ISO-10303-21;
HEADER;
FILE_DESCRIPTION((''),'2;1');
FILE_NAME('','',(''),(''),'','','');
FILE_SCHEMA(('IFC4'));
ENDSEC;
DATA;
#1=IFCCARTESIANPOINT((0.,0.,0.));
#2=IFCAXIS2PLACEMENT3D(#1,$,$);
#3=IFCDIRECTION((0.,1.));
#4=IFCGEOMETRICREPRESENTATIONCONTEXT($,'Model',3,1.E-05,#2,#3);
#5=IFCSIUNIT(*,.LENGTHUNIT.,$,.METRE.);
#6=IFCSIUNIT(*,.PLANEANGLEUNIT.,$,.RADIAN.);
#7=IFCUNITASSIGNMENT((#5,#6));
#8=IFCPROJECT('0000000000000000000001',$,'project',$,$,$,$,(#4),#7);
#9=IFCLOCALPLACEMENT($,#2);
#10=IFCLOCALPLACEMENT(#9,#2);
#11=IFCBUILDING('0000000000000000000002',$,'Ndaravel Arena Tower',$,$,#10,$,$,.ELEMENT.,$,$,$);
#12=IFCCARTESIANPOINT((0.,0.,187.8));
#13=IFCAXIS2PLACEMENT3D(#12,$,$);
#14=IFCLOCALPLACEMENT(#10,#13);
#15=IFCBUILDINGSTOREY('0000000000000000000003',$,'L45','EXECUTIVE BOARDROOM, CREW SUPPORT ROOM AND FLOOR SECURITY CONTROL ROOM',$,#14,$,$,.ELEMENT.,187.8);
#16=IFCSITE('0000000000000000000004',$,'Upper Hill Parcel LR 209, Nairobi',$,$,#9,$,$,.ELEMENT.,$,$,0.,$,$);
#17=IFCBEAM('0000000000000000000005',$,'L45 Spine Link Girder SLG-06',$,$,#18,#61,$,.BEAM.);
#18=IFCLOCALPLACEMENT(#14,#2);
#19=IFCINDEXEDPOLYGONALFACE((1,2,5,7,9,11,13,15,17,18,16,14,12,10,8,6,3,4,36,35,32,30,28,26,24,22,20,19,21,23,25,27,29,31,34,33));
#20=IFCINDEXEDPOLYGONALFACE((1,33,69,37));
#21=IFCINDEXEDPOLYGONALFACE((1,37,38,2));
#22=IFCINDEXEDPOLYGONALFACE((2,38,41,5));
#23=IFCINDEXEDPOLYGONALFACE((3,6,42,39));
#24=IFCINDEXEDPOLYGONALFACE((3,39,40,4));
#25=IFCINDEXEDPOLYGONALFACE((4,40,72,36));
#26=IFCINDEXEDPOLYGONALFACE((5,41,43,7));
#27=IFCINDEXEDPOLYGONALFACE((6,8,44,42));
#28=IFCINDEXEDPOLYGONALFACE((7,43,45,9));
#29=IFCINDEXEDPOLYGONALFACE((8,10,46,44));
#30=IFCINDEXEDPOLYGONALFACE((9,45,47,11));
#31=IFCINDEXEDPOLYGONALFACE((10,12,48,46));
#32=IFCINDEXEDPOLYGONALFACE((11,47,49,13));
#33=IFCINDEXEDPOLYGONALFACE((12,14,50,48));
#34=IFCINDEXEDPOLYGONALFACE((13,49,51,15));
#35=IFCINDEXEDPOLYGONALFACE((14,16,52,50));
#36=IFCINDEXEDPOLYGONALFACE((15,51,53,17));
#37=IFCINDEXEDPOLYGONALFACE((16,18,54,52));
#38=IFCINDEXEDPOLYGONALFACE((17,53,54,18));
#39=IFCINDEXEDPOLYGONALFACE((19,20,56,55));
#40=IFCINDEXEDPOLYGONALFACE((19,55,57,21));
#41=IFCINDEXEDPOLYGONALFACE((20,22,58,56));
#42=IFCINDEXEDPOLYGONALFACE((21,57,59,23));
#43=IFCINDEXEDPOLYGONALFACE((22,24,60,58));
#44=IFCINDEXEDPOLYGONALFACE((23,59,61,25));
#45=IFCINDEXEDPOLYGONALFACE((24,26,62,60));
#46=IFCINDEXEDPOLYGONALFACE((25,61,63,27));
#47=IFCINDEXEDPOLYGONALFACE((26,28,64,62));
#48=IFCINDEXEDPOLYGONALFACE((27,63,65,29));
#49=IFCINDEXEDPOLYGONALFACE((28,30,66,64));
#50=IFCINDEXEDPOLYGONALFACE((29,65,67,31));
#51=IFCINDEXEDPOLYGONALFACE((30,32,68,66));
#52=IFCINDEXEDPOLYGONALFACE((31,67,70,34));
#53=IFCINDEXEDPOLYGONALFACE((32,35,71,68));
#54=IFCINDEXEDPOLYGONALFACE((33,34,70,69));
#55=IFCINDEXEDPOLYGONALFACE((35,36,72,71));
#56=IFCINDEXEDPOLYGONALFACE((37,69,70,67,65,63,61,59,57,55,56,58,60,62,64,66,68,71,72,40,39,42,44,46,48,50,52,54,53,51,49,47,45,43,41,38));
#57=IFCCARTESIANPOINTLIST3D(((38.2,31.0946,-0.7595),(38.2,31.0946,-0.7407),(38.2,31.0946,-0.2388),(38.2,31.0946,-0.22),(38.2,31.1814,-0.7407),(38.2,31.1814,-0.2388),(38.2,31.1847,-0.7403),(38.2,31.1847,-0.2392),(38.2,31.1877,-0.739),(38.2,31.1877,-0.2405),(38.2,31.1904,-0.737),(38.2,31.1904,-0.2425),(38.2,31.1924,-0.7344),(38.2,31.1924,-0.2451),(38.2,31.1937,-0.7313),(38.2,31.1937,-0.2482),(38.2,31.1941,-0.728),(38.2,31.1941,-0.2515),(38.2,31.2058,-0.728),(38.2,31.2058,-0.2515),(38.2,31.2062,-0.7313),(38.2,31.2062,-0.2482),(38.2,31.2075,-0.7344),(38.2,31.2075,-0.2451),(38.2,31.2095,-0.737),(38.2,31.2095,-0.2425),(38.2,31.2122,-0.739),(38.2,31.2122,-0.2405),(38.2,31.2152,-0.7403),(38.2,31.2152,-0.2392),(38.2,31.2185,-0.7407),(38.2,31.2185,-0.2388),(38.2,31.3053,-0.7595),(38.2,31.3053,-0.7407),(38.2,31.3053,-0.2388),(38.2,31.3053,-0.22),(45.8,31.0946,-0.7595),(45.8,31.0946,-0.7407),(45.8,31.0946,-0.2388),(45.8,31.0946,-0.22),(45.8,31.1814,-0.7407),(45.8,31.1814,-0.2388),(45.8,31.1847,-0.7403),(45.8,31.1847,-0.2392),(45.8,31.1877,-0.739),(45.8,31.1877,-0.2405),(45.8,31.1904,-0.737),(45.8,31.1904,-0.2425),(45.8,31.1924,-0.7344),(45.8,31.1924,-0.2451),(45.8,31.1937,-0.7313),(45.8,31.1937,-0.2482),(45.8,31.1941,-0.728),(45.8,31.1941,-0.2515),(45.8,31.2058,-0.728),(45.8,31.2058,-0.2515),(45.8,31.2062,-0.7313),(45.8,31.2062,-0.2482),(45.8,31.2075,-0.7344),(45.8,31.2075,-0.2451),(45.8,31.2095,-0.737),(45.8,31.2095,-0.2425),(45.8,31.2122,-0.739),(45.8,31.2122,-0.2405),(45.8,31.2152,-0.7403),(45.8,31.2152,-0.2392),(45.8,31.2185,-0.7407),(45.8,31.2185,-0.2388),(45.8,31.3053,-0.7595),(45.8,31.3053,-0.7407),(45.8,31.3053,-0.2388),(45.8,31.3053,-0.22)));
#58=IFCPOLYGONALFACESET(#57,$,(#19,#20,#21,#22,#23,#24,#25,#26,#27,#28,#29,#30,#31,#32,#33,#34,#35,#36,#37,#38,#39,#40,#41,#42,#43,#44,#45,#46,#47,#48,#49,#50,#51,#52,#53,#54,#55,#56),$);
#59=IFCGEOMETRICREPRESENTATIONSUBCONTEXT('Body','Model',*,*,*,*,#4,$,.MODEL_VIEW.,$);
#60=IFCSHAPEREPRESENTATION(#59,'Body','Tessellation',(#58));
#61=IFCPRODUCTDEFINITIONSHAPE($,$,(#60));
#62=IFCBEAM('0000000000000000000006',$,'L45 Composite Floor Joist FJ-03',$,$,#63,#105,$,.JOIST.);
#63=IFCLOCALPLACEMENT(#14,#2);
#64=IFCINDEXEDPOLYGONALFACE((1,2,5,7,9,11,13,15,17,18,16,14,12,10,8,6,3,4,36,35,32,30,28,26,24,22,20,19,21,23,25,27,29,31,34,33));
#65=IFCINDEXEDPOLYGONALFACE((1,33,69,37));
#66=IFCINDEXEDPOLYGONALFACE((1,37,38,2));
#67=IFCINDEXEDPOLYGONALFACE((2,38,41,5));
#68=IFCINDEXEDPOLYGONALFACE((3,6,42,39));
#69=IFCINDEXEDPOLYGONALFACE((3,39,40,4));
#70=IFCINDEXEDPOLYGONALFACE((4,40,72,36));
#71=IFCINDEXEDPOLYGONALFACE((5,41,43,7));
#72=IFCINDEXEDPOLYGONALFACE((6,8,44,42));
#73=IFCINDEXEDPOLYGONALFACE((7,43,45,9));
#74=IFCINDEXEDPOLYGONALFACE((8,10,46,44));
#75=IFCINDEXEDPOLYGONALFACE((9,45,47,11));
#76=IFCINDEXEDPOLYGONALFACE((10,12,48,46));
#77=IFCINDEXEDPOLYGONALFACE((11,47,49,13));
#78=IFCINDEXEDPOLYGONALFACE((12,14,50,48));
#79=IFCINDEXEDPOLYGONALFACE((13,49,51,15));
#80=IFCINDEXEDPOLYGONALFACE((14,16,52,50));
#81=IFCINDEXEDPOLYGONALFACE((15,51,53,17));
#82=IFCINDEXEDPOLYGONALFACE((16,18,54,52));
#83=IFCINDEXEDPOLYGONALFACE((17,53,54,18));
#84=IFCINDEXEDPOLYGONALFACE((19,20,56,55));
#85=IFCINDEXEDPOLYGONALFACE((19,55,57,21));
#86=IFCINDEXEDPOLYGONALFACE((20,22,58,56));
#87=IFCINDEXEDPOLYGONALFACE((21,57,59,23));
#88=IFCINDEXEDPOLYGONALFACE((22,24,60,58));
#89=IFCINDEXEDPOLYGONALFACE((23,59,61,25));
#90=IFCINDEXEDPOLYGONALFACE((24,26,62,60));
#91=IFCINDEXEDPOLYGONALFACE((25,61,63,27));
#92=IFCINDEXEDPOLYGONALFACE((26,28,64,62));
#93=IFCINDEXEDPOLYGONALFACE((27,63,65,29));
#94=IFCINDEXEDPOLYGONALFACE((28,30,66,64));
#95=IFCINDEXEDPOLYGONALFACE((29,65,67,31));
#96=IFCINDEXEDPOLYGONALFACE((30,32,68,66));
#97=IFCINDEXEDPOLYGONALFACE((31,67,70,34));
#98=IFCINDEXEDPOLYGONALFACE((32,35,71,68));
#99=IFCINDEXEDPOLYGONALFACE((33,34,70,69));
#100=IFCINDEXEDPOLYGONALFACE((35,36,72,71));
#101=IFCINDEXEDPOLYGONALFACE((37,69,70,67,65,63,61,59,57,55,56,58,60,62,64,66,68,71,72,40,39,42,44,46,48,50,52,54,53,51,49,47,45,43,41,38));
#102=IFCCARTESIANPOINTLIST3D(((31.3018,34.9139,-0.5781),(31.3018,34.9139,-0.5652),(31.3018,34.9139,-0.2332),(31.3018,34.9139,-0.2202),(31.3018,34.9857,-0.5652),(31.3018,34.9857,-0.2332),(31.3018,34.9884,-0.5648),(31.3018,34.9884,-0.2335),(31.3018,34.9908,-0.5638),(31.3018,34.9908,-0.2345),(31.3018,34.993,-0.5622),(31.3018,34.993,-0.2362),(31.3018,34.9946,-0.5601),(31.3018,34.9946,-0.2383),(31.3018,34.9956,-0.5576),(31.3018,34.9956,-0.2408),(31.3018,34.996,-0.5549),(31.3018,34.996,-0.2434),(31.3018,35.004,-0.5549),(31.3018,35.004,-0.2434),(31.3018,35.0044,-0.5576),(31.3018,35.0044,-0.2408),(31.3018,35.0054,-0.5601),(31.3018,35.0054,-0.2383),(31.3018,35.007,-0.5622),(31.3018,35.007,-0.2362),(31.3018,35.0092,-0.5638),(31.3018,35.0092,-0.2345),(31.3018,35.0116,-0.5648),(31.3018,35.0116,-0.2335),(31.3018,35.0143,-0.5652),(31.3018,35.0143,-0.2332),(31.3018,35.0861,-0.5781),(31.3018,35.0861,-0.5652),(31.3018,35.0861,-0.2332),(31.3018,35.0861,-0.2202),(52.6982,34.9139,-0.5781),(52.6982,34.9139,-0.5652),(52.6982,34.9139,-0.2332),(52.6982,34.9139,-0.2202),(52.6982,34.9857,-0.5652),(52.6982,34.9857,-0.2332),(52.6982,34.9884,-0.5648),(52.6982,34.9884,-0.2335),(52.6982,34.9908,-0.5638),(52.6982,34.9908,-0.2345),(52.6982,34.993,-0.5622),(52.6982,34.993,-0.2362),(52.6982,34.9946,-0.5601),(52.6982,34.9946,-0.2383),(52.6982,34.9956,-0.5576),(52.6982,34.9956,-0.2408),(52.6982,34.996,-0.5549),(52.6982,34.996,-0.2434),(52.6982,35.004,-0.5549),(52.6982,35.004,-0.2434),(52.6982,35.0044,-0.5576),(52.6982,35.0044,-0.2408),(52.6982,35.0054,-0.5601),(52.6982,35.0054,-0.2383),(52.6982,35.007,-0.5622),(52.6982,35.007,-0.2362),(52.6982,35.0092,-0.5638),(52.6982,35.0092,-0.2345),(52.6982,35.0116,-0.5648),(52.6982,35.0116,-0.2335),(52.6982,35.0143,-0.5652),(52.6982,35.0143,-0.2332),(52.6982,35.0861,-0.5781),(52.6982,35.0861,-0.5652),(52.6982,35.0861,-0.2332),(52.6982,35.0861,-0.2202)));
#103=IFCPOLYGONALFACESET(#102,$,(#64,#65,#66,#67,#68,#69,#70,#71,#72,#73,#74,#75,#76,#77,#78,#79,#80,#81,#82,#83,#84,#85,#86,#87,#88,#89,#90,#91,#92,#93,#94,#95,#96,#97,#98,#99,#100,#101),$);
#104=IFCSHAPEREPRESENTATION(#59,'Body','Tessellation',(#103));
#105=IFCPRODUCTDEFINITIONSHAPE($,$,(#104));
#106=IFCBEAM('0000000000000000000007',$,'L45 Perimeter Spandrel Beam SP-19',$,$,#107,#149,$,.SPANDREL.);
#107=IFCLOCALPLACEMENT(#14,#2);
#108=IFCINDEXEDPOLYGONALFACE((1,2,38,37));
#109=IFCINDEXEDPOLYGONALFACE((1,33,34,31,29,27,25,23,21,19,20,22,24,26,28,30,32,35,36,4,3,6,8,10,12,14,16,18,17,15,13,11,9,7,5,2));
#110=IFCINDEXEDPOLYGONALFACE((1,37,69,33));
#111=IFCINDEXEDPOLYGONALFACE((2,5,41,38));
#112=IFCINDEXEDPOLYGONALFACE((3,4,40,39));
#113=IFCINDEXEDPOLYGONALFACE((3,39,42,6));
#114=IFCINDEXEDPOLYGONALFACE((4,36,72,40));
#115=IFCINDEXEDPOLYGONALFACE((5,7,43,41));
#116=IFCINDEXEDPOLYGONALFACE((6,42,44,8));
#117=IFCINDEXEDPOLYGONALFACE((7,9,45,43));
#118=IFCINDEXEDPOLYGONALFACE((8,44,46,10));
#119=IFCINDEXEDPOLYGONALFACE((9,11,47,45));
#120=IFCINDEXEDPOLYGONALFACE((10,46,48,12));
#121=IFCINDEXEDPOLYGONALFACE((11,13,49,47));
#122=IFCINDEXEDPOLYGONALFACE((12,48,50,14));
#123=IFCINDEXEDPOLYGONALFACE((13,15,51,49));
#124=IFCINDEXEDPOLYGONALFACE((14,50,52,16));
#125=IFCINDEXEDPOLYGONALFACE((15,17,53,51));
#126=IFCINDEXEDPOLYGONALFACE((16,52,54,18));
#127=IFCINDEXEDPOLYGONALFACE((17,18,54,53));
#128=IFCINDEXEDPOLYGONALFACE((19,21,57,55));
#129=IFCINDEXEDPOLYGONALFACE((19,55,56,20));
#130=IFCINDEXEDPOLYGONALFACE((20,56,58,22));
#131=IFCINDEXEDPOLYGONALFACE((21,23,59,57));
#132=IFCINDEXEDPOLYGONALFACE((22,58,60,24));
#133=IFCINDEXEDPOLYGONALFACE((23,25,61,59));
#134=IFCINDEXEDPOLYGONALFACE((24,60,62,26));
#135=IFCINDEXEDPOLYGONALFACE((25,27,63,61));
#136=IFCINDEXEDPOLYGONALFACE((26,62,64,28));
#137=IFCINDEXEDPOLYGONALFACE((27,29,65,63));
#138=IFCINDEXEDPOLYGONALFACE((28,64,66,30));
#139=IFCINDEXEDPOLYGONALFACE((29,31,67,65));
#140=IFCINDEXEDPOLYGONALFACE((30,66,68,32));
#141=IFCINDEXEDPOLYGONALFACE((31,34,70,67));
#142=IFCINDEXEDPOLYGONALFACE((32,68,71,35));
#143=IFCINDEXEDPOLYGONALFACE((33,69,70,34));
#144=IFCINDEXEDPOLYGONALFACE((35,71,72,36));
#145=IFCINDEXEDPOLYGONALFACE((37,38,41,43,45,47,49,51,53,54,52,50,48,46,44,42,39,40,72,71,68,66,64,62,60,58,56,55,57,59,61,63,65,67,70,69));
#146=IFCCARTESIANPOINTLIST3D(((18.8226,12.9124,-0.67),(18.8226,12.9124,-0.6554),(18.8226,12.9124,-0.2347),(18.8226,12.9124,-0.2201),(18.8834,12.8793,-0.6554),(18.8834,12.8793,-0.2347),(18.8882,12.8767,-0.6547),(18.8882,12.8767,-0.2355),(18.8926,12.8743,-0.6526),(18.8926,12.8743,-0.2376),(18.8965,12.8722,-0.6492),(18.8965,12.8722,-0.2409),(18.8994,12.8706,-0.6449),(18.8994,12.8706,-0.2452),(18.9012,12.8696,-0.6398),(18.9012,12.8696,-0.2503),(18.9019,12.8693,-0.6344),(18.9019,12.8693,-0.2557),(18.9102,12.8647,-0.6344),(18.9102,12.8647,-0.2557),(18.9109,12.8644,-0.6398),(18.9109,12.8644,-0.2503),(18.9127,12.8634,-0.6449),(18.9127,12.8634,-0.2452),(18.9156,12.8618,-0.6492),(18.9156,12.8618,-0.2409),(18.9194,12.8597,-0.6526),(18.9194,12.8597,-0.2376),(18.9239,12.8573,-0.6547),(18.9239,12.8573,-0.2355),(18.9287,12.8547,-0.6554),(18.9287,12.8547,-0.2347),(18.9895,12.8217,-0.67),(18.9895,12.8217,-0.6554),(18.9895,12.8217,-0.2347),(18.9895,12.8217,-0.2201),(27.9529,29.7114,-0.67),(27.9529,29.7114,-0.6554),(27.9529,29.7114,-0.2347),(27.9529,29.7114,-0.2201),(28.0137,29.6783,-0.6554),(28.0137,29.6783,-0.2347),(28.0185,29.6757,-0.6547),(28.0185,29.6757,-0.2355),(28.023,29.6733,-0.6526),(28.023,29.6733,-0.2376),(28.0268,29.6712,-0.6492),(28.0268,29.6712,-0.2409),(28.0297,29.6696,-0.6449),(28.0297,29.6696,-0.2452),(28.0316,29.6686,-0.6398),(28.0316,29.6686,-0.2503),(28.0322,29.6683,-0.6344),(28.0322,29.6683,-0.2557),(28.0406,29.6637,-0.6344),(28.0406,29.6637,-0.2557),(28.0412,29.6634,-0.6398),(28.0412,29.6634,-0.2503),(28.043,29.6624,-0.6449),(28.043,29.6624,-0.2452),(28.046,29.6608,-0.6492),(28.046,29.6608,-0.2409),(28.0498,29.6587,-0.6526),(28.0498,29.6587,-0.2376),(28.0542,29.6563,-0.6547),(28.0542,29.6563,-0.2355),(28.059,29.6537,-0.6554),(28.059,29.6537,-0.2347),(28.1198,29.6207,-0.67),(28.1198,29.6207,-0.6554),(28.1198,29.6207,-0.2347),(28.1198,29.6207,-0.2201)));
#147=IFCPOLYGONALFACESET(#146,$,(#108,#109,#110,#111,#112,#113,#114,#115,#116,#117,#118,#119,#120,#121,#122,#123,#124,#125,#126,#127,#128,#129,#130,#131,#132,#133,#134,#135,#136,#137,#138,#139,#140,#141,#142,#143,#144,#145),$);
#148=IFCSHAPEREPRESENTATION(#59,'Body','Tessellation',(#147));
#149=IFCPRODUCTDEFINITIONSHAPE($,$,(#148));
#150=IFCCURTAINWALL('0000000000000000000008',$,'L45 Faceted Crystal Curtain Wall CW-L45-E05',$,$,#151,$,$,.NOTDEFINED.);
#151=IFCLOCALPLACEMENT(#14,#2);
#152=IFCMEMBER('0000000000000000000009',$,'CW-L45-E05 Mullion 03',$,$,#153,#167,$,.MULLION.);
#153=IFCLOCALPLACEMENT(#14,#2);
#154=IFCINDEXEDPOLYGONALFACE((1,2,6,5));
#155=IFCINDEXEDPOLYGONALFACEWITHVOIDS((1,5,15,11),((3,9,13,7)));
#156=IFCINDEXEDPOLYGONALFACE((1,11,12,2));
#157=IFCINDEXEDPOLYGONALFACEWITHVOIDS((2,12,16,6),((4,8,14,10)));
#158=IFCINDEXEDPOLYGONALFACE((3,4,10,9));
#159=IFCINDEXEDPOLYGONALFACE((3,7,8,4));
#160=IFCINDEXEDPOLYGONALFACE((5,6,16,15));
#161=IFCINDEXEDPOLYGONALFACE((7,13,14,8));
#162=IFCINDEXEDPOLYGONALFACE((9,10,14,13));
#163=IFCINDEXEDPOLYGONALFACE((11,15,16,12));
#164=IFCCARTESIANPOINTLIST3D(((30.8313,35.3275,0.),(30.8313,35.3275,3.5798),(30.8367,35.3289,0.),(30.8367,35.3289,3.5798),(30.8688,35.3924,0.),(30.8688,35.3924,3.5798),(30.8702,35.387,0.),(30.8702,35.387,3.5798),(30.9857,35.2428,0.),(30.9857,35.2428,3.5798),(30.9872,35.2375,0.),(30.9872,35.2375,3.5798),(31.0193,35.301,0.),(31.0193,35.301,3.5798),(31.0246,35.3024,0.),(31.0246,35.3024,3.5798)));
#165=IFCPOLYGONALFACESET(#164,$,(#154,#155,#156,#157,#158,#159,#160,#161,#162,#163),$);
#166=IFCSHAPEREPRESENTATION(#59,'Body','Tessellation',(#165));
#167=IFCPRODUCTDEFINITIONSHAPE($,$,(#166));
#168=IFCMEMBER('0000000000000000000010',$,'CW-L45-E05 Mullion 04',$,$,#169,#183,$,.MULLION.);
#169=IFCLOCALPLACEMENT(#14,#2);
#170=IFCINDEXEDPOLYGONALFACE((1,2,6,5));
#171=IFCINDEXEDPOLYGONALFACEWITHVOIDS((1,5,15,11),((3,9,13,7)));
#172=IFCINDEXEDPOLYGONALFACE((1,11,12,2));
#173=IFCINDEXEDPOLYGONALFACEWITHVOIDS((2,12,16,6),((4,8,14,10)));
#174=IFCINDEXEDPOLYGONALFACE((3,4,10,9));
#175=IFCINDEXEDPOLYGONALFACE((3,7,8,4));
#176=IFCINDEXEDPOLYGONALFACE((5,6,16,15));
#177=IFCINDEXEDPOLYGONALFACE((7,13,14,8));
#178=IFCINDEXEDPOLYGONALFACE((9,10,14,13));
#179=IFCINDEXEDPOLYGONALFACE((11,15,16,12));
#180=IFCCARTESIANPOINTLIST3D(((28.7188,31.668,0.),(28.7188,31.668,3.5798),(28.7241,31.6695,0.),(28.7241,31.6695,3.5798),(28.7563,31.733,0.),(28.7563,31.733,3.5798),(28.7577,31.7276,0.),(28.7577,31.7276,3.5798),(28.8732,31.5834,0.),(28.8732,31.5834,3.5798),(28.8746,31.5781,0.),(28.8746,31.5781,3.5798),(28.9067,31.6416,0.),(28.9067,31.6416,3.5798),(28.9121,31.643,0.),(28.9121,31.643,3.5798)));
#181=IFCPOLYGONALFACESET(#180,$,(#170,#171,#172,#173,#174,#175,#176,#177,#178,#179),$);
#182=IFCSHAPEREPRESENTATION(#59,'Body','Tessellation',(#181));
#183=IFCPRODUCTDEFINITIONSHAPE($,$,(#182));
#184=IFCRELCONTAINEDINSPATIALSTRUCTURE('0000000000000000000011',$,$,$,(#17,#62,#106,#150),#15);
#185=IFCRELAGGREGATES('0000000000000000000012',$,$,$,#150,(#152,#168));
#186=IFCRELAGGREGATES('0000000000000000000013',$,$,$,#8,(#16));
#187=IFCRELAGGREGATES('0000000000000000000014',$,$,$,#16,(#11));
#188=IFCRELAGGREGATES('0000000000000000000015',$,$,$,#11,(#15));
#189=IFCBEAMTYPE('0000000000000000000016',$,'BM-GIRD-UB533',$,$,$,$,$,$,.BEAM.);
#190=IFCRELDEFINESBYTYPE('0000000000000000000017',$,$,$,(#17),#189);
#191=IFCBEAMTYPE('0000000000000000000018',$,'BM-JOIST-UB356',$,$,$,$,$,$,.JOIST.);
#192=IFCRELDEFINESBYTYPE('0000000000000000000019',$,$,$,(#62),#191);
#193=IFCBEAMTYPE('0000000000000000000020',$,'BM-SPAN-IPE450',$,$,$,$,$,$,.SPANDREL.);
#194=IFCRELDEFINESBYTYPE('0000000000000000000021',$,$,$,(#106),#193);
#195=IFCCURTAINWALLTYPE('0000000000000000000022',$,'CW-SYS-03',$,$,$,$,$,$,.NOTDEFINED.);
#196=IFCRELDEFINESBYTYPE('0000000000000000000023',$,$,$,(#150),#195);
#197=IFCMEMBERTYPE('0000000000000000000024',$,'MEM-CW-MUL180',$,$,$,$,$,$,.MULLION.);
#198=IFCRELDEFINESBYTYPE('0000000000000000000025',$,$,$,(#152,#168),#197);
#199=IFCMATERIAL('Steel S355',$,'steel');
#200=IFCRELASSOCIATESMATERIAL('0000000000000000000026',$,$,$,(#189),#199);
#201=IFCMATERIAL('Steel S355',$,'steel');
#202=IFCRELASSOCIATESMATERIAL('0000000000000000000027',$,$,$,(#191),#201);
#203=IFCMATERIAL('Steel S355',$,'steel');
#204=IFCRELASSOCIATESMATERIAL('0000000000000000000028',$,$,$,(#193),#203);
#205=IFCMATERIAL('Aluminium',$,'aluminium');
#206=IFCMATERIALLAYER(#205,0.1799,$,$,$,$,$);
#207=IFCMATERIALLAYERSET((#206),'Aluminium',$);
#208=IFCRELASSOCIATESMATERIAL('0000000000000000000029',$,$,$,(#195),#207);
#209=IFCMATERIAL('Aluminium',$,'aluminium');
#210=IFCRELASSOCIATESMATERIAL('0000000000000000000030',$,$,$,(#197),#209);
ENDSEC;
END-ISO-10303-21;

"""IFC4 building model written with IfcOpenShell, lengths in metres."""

from ifc_helpers import new_model, si_unit, direction, frame, origin, origin_2d, place, context, subcontext, project, spatial, hollow_rectangle, i_section, extrude, material, layer, layer_set, material_profile, profile_set, type_object, element, aggregate, save


model = new_model("IFC4")

# Units and contexts
model_context = context("Model", 3, precision=1e-05, world=origin(), true_north=direction((0.0, 1.0)))
body_context = subcontext(model_context, "Body", "Model", "MODEL_VIEW")
ifc_project = project(units=[si_unit("LENGTHUNIT", "METRE"), si_unit("PLANEANGLEUNIT", "RADIAN")], contexts=[model_context])

# Site, building, storey
site_placement = place(None, origin())
site = spatial("IfcSite", under=ifc_project, at=site_placement, Name="Upper Hill Parcel LR 209, Nairobi", CompositionType="ELEMENT", RefElevation=0.0)
building_placement = place(site_placement, origin())
building = spatial("IfcBuilding", under=site, at=building_placement, Name="Ndaravel Arena Tower", CompositionType="ELEMENT")
storey_placement = place(building_placement, frame((0.0, 0.0, 187.8)))
storey = spatial("IfcBuildingStorey", under=building, at=storey_placement, Name="L45", Description="EXECUTIVE BOARDROOM, CREW SUPPORT ROOM AND FLOOR SECURITY CONTROL ROOM", CompositionType="ELEMENT", Elevation=187.8)

# Beams
ifc_material_1 = material(Name="Steel S355", Category="steel")
ifc_material_profile_1 = material_profile(ifc_material_1, i_section(OverallWidth=0.2107, OverallDepth=0.5396, WebThickness=0.0117, FlangeThickness=0.0188, FilletRadius=0.0127, at=origin_2d()), Name="UB 533x210x109")
ifc_profile_set_1 = profile_set([ifc_material_profile_1], Name="Steel S355")
beam_type_1 = type_object("IfcBeamType", Name="BM-GIRD-UB533", PredefinedType="BEAM", material=ifc_profile_set_1)
beam_1_placement = place(storey_placement, frame((38.2, 31.2, -0.4897), z_axis=(1.0, 0.0, 0.0), x_axis=(0.0, 1.0, 0.0)))
element("IfcBeam", 1, at=beam_1_placement, inside=storey, type_object=beam_type_1, Name="L45 Spine Link Girder SLG-06", PredefinedType="BEAM", context=body_context, shape_type="SweptSolid", body=[
    extrude(i_section(OverallWidth=0.2107, OverallDepth=0.5396, WebThickness=0.0117, FlangeThickness=0.0188, FilletRadius=0.0127, at=origin_2d()), origin(), (0.0, 0.0, 1.0), 7.6001),
])
ifc_material_2 = material(Name="Steel S355", Category="steel")
ifc_material_profile_2 = material_profile(ifc_material_2, i_section(OverallWidth=0.1721, OverallDepth=0.3579, WebThickness=0.0081, FlangeThickness=0.0129, FilletRadius=0.0103, at=origin_2d()), Name="UB 356x171x57")
ifc_profile_set_2 = profile_set([ifc_material_profile_2], Name="Steel S355")
beam_type_2 = type_object("IfcBeamType", Name="BM-JOIST-UB356", PredefinedType="JOIST", material=ifc_profile_set_2)
beam_2_placement = place(storey_placement, frame((31.3018, 35.0, -0.3992), z_axis=(1.0, 0.0, 0.0), x_axis=(0.0, 1.0, 0.0)))
element("IfcBeam", 2, at=beam_2_placement, inside=storey, type_object=beam_type_2, Name="L45 Composite Floor Joist FJ-03", PredefinedType="JOIST", context=body_context, shape_type="SweptSolid", body=[
    extrude(i_section(OverallWidth=0.1721, OverallDepth=0.3579, WebThickness=0.0081, FlangeThickness=0.0129, FilletRadius=0.0103, at=origin_2d()), origin(), (0.0, 0.0, 1.0), 21.3965),
])
ifc_material_3 = material(Name="Steel S355", Category="steel")
ifc_material_profile_3 = material_profile(ifc_material_3, i_section(OverallWidth=0.1899, OverallDepth=0.45, WebThickness=0.0095, FlangeThickness=0.0146, FilletRadius=0.021, at=origin_2d()), Name="IPE 450")
ifc_profile_set_3 = profile_set([ifc_material_profile_3], Name="Steel S355")
beam_type_3 = type_object("IfcBeamType", Name="BM-SPAN-IPE450", PredefinedType="SPANDREL", material=ifc_profile_set_3)
beam_3_placement = place(storey_placement, frame((28.0364, 29.666, -0.4451), z_axis=(-0.477531, -0.878615, 0.0), x_axis=(0.878615, -0.477531, 0.0)))
element("IfcBeam", 3, at=beam_3_placement, inside=storey, type_object=beam_type_3, Name="L45 Perimeter Spandrel Beam SP-19", PredefinedType="SPANDREL", context=body_context, shape_type="SweptSolid", body=[
    extrude(i_section(OverallWidth=0.1899, OverallDepth=0.45, WebThickness=0.0095, FlangeThickness=0.0146, FilletRadius=0.021, at=origin_2d()), origin(), (0.0, 0.0, 1.0), 19.1199),
])

# Curtain wall, members
ifc_material_4 = material(Name="Aluminium", Category="aluminium")
ifc_layer_1 = layer(ifc_material_4, 0.1799)
ifc_layer_set_1 = layer_set([ifc_layer_1], Name="Aluminium")
curtain_wall_type = type_object("IfcCurtainWallType", Name="CW-SYS-03", PredefinedType="NOTDEFINED", material=ifc_layer_set_1)
curtain_wall_placement = place(storey_placement, origin())
curtain_wall = element("IfcCurtainWall", 4, at=curtain_wall_placement, inside=storey, type_object=curtain_wall_type, Name="L45 Faceted Crystal Curtain Wall CW-L45-E05", PredefinedType="NOTDEFINED")
ifc_material_5 = material(Name="Aluminium", Category="aluminium")
ifc_material_profile_4 = material_profile(ifc_material_5, hollow_rectangle(XDim=0.075, YDim=0.1799, WallThickness=0.0039, at=origin_2d()), Name="CW MULLION 75x180x4")
ifc_profile_set_4 = profile_set([ifc_material_profile_4], Name="Aluminium")
member_type = type_object("IfcMemberType", Name="MEM-CW-MUL180", PredefinedType="MULLION", material=ifc_profile_set_4)
member_1_placement = place(storey_placement, frame((30.928, 35.3149, 0.0), z_axis=(0.0, 0.0, 1.0), x_axis=(-0.5, -0.866025, 0.0)))
member_1 = element("IfcMember", 5, at=member_1_placement, type_object=member_type, Name="CW-L45-E05 Mullion 03", PredefinedType="MULLION", context=body_context, shape_type="SweptSolid", body=[
    extrude(hollow_rectangle(XDim=0.075, YDim=0.1799, WallThickness=0.0039, at=origin_2d()), origin(), (0.0, 0.0, 1.0), 3.5798),
])
member_2_placement = place(storey_placement, frame((28.8154, 31.6555, 0.0), z_axis=(0.0, 0.0, 1.0), x_axis=(-0.5, -0.866025, 0.0)))
member_2 = element("IfcMember", 6, at=member_2_placement, type_object=member_type, Name="CW-L45-E05 Mullion 04", PredefinedType="MULLION", context=body_context, shape_type="SweptSolid", body=[
    extrude(hollow_rectangle(XDim=0.075, YDim=0.1799, WallThickness=0.0039, at=origin_2d()), origin(), (0.0, 0.0, 1.0), 3.5798),
])
aggregate(curtain_wall, [member_1, member_2])

save(model, "model.ifc")
